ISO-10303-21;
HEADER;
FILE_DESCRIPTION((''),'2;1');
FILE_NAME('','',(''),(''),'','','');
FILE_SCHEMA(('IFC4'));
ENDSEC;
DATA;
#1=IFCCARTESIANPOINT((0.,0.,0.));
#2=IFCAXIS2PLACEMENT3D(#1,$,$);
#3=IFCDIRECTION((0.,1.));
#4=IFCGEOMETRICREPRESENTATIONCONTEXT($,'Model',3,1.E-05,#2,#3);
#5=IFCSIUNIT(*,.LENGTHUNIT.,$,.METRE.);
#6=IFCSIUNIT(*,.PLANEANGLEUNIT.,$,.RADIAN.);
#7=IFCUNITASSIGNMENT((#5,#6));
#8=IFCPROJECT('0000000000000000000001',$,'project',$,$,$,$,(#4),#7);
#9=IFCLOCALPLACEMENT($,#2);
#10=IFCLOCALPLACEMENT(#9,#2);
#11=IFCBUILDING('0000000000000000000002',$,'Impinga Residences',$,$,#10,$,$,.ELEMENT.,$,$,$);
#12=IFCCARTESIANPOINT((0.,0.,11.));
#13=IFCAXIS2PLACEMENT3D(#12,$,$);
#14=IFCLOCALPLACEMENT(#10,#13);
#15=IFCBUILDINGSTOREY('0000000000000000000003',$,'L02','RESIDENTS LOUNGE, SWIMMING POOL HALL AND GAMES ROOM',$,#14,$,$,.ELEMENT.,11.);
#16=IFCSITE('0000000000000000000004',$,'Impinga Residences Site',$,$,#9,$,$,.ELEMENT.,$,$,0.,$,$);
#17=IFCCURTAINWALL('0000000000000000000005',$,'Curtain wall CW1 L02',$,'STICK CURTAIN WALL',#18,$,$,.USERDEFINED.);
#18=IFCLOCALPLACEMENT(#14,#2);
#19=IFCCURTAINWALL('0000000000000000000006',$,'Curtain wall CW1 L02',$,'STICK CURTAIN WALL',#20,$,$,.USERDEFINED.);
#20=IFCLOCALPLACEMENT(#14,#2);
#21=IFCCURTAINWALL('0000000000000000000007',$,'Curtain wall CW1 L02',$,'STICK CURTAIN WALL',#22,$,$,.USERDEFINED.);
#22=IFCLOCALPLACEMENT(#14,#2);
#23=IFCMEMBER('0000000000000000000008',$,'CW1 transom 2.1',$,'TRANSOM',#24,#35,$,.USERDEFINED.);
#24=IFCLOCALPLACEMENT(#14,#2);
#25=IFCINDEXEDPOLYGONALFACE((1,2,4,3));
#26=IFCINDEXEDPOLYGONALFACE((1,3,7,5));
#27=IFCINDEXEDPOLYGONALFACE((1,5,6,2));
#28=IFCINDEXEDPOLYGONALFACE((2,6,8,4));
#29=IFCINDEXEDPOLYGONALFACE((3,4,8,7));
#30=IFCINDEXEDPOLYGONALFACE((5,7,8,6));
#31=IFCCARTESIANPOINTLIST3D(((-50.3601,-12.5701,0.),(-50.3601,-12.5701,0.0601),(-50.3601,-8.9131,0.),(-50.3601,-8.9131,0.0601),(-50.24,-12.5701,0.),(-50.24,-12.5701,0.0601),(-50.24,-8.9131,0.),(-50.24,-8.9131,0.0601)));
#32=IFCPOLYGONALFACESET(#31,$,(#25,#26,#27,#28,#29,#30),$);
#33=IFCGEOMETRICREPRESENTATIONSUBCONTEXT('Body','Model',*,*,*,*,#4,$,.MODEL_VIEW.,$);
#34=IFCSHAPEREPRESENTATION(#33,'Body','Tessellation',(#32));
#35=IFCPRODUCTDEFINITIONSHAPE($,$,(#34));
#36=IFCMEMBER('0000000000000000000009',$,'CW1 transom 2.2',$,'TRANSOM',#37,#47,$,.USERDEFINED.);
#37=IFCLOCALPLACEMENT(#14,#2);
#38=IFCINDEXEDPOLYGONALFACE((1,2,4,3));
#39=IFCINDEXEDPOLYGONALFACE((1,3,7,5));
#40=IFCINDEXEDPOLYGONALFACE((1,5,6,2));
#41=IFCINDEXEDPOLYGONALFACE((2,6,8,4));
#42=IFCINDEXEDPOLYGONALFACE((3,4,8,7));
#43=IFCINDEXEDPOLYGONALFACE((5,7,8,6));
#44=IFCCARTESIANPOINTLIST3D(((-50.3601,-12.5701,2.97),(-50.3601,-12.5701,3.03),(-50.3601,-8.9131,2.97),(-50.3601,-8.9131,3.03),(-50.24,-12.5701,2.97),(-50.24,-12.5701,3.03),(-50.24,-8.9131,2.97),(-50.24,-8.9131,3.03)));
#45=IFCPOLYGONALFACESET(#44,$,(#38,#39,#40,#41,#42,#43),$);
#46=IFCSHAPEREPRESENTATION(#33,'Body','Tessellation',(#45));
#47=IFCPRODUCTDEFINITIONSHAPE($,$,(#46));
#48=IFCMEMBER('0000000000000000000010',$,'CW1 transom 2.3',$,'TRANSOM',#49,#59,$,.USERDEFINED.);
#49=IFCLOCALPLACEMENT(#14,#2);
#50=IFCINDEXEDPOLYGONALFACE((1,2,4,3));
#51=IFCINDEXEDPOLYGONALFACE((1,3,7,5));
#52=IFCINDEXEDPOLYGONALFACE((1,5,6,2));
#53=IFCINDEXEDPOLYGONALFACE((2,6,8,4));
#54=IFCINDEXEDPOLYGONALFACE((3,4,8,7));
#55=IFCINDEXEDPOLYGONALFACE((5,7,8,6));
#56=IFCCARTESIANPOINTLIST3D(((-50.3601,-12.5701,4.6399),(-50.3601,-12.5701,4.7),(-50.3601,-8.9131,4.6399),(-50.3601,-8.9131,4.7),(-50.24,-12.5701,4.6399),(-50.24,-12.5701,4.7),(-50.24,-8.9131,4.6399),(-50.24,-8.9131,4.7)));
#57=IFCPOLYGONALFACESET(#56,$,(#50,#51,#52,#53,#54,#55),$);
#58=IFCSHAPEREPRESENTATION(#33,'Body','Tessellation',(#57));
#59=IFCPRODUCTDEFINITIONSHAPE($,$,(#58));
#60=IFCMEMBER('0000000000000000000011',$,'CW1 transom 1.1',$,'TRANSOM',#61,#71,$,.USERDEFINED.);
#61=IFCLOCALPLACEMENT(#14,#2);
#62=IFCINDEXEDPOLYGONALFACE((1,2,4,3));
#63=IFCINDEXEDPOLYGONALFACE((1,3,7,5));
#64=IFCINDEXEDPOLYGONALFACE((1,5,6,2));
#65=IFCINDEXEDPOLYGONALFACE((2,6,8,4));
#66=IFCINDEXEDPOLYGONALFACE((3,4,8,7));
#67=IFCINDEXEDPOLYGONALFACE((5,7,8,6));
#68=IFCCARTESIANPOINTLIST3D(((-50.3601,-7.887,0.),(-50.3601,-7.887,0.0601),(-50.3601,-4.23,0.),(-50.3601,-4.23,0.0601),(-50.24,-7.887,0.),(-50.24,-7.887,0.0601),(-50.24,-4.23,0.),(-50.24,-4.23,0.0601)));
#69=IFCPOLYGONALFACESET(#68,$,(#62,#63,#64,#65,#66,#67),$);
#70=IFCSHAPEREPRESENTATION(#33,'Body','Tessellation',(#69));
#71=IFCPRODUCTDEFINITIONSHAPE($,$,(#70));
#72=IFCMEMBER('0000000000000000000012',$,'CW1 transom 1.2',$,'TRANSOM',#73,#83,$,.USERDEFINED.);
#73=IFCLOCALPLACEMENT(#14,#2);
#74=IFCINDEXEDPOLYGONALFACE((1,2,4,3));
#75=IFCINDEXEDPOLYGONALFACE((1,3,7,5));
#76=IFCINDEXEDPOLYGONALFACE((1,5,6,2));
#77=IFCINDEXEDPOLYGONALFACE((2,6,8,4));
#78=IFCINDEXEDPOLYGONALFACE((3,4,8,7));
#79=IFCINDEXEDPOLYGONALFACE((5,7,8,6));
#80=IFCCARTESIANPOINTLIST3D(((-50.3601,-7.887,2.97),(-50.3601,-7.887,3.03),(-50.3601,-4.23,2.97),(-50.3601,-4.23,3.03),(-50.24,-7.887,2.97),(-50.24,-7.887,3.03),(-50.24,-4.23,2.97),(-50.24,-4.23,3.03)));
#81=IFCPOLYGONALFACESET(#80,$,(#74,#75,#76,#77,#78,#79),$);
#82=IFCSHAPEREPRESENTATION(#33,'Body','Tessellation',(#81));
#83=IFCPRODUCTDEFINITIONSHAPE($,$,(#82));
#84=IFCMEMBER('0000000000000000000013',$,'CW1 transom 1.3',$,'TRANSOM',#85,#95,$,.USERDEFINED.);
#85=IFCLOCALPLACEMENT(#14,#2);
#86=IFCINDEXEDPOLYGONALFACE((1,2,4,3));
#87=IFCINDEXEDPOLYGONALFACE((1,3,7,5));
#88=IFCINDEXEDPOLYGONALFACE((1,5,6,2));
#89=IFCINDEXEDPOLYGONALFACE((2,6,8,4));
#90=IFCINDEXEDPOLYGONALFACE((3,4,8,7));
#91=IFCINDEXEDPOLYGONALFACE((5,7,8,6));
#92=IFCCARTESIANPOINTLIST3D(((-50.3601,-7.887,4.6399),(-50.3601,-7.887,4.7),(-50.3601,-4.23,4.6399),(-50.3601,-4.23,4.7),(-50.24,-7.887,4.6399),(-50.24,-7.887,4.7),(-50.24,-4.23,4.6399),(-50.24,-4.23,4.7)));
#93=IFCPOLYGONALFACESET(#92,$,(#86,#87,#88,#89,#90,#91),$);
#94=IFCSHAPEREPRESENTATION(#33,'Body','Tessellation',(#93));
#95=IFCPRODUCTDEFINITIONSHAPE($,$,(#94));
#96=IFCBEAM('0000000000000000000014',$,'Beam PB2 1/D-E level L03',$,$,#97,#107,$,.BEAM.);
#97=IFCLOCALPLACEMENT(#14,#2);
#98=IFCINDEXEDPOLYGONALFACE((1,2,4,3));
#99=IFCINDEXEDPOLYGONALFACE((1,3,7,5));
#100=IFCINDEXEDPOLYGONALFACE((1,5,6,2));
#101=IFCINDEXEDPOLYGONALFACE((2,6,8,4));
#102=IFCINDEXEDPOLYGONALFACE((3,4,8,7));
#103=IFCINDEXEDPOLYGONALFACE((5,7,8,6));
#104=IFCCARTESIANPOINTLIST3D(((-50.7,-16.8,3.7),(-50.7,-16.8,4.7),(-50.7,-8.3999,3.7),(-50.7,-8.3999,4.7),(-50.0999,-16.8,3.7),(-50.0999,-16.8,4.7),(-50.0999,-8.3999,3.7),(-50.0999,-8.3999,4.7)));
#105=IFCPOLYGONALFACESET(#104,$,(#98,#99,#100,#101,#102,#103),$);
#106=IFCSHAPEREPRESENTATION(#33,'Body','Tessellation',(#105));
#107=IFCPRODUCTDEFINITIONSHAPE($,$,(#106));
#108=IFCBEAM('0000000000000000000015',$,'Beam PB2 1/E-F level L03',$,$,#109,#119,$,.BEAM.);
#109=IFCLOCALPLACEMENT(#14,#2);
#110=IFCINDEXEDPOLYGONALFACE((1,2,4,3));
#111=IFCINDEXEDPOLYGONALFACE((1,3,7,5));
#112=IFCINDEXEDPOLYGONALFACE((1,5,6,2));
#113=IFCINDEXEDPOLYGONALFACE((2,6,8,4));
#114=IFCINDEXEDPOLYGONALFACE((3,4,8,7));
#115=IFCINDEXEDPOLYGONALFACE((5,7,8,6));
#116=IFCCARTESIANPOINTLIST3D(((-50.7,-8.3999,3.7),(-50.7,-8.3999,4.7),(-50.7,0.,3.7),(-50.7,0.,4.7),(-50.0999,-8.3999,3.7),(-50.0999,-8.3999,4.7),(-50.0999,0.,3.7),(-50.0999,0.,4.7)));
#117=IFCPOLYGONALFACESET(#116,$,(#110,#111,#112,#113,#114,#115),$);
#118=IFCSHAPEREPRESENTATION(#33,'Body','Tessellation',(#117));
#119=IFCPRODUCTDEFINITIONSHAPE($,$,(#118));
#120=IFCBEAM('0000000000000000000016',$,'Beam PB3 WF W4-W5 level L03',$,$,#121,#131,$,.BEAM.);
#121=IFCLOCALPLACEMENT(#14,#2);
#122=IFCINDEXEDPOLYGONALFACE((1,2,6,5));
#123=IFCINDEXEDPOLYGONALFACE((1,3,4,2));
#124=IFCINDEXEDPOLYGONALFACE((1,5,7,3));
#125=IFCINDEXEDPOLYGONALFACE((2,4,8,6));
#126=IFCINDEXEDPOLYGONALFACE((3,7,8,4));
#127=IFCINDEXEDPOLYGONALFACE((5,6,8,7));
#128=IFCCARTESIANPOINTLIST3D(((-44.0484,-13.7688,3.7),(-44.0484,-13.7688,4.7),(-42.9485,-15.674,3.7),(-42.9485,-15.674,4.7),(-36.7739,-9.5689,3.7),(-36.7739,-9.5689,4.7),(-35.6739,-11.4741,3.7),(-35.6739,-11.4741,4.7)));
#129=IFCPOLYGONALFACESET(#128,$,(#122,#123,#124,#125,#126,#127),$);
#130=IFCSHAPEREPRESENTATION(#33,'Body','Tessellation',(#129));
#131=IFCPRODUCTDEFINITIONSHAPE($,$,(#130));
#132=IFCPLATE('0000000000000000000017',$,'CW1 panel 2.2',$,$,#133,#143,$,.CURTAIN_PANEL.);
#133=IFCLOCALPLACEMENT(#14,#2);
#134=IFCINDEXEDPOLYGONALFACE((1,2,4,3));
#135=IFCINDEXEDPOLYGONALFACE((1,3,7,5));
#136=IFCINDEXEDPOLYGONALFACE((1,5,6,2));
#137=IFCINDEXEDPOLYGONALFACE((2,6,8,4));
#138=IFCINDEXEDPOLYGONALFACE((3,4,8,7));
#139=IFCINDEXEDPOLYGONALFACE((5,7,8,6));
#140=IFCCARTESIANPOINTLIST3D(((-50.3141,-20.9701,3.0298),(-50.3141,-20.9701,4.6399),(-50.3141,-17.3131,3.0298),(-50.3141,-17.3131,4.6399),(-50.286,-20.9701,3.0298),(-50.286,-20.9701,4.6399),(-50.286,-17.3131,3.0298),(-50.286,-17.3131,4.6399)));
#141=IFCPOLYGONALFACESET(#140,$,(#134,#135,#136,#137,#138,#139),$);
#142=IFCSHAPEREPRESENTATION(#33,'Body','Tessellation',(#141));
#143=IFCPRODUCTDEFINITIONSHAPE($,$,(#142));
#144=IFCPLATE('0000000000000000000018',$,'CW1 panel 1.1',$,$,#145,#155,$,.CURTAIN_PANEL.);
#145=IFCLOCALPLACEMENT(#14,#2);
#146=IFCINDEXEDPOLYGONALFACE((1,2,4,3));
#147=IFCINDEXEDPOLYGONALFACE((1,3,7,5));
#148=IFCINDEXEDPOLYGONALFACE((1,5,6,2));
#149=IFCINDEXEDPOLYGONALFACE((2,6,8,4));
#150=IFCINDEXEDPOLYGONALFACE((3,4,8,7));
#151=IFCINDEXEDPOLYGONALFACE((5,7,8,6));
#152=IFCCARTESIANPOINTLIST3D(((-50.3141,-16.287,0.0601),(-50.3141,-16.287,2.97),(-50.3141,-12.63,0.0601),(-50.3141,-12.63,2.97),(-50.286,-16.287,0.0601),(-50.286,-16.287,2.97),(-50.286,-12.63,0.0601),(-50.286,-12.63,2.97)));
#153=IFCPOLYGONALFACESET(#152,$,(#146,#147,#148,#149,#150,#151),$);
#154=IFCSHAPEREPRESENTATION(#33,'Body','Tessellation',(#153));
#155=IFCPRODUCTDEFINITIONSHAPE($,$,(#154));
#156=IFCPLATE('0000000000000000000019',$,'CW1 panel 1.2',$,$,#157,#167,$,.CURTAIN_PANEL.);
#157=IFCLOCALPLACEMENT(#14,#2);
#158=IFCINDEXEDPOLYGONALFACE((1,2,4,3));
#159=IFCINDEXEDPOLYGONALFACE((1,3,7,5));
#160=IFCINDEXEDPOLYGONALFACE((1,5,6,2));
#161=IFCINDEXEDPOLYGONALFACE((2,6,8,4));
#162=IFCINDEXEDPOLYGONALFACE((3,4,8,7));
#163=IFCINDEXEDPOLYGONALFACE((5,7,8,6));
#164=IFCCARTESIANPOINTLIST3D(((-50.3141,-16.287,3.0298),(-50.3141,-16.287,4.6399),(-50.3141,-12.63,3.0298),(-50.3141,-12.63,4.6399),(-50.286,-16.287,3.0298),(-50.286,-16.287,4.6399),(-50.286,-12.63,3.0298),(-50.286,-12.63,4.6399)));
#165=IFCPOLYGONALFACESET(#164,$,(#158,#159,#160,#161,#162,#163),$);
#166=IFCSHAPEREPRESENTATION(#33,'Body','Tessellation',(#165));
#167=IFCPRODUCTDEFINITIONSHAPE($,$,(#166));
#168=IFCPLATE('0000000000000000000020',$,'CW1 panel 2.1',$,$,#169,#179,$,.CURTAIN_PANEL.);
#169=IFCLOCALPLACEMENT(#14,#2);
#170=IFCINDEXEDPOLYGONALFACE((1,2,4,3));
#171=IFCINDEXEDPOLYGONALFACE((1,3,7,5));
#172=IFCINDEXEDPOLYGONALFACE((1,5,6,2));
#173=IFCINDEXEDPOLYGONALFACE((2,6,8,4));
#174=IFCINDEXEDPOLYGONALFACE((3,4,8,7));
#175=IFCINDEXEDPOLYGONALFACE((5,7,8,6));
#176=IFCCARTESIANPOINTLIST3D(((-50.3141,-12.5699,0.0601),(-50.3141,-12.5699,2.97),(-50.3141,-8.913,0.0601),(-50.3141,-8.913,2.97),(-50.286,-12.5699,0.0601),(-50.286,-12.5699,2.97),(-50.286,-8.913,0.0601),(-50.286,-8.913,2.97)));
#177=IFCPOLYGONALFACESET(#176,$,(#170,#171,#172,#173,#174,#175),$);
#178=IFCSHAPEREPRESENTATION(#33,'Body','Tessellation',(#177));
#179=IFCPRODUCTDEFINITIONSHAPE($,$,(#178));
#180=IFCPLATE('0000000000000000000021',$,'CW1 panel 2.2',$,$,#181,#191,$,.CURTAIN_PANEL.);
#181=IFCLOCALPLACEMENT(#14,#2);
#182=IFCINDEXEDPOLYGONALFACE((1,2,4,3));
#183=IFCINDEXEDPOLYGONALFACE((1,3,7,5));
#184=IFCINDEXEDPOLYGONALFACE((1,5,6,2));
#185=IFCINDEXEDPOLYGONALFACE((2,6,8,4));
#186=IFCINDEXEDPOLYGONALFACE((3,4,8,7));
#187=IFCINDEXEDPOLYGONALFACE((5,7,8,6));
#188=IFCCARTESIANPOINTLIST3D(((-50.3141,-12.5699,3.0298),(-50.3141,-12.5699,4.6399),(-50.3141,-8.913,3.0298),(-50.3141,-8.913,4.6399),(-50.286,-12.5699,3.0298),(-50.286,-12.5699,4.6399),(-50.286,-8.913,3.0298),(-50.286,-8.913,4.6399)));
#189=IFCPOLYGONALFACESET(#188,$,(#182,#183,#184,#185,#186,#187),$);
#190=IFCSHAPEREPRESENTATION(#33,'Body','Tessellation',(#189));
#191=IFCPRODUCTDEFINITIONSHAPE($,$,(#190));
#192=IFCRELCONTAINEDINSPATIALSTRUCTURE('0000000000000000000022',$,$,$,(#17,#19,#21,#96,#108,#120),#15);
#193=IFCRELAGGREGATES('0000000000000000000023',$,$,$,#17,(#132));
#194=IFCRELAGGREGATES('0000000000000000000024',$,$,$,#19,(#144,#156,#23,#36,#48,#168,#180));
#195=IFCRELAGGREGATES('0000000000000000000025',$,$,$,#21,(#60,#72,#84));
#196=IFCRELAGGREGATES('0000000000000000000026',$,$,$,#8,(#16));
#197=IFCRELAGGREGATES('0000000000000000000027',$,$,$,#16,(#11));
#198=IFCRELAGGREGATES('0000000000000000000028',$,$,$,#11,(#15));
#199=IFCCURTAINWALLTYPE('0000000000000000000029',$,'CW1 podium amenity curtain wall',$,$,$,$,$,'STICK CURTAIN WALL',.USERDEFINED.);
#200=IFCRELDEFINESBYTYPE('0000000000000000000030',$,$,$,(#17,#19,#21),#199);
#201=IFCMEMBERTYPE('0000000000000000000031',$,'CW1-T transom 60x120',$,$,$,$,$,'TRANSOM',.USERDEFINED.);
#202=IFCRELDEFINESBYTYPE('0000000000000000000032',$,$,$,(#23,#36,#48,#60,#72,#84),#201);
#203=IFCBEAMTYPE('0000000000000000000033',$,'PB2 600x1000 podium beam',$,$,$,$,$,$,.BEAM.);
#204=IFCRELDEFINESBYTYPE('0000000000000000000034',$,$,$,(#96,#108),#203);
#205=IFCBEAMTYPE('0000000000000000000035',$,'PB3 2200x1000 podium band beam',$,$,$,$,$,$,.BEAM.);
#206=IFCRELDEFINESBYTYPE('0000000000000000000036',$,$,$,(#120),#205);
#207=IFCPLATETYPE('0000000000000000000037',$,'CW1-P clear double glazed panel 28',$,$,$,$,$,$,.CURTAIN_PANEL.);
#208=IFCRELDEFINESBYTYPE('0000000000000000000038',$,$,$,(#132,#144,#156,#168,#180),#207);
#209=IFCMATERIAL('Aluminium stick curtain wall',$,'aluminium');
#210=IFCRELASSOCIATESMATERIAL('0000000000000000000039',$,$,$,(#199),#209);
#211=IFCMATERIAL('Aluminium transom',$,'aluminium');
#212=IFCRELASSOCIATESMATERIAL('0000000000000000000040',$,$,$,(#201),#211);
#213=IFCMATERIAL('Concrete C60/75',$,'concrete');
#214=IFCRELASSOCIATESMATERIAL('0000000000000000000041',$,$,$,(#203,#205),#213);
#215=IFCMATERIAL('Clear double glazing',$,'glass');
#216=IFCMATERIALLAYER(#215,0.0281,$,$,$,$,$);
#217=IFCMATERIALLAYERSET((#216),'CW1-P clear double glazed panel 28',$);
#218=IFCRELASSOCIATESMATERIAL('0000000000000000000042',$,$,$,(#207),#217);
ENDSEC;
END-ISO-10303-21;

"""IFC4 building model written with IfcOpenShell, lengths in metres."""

from ifc_helpers import new_model, si_unit, direction, frame, origin, origin_2d, place, context, subcontext, project, spatial, rectangle, extrude, material, layer, layer_set, material_profile, profile_set, type_object, element, aggregate, save


model = new_model("IFC4")

# Units and contexts
model_context = context("Model", 3, precision=1e-05, world=origin(), true_north=direction((0.0, 1.0)))
body_context = subcontext(model_context, "Body", "Model", "MODEL_VIEW")
ifc_project = project(units=[si_unit("LENGTHUNIT", "METRE"), si_unit("PLANEANGLEUNIT", "RADIAN")], contexts=[model_context])

# Site, building, storey
site_placement = place(None, origin())
site = spatial("IfcSite", under=ifc_project, at=site_placement, Name="Impinga Residences Site", CompositionType="ELEMENT", RefElevation=0.0)
building_placement = place(site_placement, origin())
building = spatial("IfcBuilding", under=site, at=building_placement, Name="Impinga Residences", CompositionType="ELEMENT")
storey_placement = place(building_placement, frame((0.0, 0.0, 11.0)))
storey = spatial("IfcBuildingStorey", under=building, at=storey_placement, Name="L02", Description="RESIDENTS LOUNGE, SWIMMING POOL HALL AND GAMES ROOM", CompositionType="ELEMENT", Elevation=11.0)

# Shared definitions
ifc_material_1 = material(Name="Concrete C60/75", Category="concrete")

# Curtain wall
ifc_material_2 = material(Name="Aluminium stick curtain wall", Category="aluminium")
curtain_wall_type = type_object("IfcCurtainWallType", Name="CW1 podium amenity curtain wall", ElementType="STICK CURTAIN WALL", PredefinedType="USERDEFINED", material=ifc_material_2)
curtain_wall_1_placement = place(storey_placement, origin())
curtain_wall_1 = element("IfcCurtainWall", 1, at=curtain_wall_1_placement, inside=storey, type_object=curtain_wall_type, Name="Curtain wall CW1 L02", ObjectType="STICK CURTAIN WALL", PredefinedType="USERDEFINED")

# Curtain wall
curtain_wall_2_placement = place(storey_placement, origin())
curtain_wall_2 = element("IfcCurtainWall", 2, at=curtain_wall_2_placement, inside=storey, type_object=curtain_wall_type, Name="Curtain wall CW1 L02", ObjectType="STICK CURTAIN WALL", PredefinedType="USERDEFINED")

# Curtain wall
curtain_wall_3_placement = place(storey_placement, origin())
curtain_wall_3 = element("IfcCurtainWall", 3, at=curtain_wall_3_placement, inside=storey, type_object=curtain_wall_type, Name="Curtain wall CW1 L02", ObjectType="STICK CURTAIN WALL", PredefinedType="USERDEFINED")

# Members
ifc_material_3 = material(Name="Aluminium transom", Category="aluminium")
ifc_material_profile_1 = material_profile(ifc_material_3, rectangle(XDim=0.0601, YDim=0.1201, at=origin_2d()), Name="60x120 transom")
ifc_profile_set_1 = profile_set([ifc_material_profile_1], Name="Aluminium transom")
member_type_1 = type_object("IfcMemberType", Name="CW1-T transom 60x120", ElementType="TRANSOM", PredefinedType="USERDEFINED", material=ifc_profile_set_1)
member_1_placement = place(storey_placement, frame((-50.3, -12.5701, 0.03), z_axis=(0.0, 1.0, 0.0), x_axis=(0.0, 0.0, 1.0)))
member_1 = element("IfcMember", 4, at=member_1_placement, type_object=member_type_1, Name="CW1 transom 2.1", ObjectType="TRANSOM", PredefinedType="USERDEFINED", context=body_context, shape_type="SweptSolid", body=[
    extrude(rectangle(XDim=0.0601, YDim=0.1201, at=origin_2d()), origin(), (0.0, 0.0, 1.0), 3.657),
])
member_2_placement = place(storey_placement, frame((-50.3, -12.5701, 3.0), z_axis=(0.0, 1.0, 0.0), x_axis=(0.0, 0.0, 1.0)))
member_2 = element("IfcMember", 5, at=member_2_placement, type_object=member_type_1, Name="CW1 transom 2.2", ObjectType="TRANSOM", PredefinedType="USERDEFINED", context=body_context, shape_type="SweptSolid", body=[
    extrude(rectangle(XDim=0.0601, YDim=0.1201, at=origin_2d()), origin(), (0.0, 0.0, 1.0), 3.657),
])
member_3_placement = place(storey_placement, frame((-50.3, -12.5701, 4.6699), z_axis=(0.0, 1.0, 0.0), x_axis=(0.0, 0.0, 1.0)))
member_3 = element("IfcMember", 6, at=member_3_placement, type_object=member_type_1, Name="CW1 transom 2.3", ObjectType="TRANSOM", PredefinedType="USERDEFINED", context=body_context, shape_type="SweptSolid", body=[
    extrude(rectangle(XDim=0.0601, YDim=0.1201, at=origin_2d()), origin(), (0.0, 0.0, 1.0), 3.657),
])
member_4_placement = place(storey_placement, frame((-50.3, -7.887, 0.03), z_axis=(0.0, 1.0, 0.0), x_axis=(0.0, 0.0, 1.0)))
member_4 = element("IfcMember", 7, at=member_4_placement, type_object=member_type_1, Name="CW1 transom 1.1", ObjectType="TRANSOM", PredefinedType="USERDEFINED", context=body_context, shape_type="SweptSolid", body=[
    extrude(rectangle(XDim=0.0601, YDim=0.1201, at=origin_2d()), origin(), (0.0, 0.0, 1.0), 3.657),
])
member_5_placement = place(storey_placement, frame((-50.3, -7.887, 3.0), z_axis=(0.0, 1.0, 0.0), x_axis=(0.0, 0.0, 1.0)))
member_5 = element("IfcMember", 8, at=member_5_placement, type_object=member_type_1, Name="CW1 transom 1.2", ObjectType="TRANSOM", PredefinedType="USERDEFINED", context=body_context, shape_type="SweptSolid", body=[
    extrude(rectangle(XDim=0.0601, YDim=0.1201, at=origin_2d()), origin(), (0.0, 0.0, 1.0), 3.657),
])
member_6_placement = place(storey_placement, frame((-50.3, -7.887, 4.6699), z_axis=(0.0, 1.0, 0.0), x_axis=(0.0, 0.0, 1.0)))
member_6 = element("IfcMember", 9, at=member_6_placement, type_object=member_type_1, Name="CW1 transom 1.3", ObjectType="TRANSOM", PredefinedType="USERDEFINED", context=body_context, shape_type="SweptSolid", body=[
    extrude(rectangle(XDim=0.0601, YDim=0.1201, at=origin_2d()), origin(), (0.0, 0.0, 1.0), 3.657),
])

# Beams
ifc_material_profile_2 = material_profile(ifc_material_1, rectangle(XDim=0.6001, YDim=1.0, at=origin_2d()), Name="RC 600x1000")
ifc_profile_set_2 = profile_set([ifc_material_profile_2], Name="Concrete C60/75")
beam_type_1 = type_object("IfcBeamType", Name="PB2 600x1000 podium beam", PredefinedType="BEAM", material=ifc_profile_set_2)
beam_1_placement = place(storey_placement, frame((-50.3999, -16.8, 4.2), z_axis=(0.0, 1.0, 0.0), x_axis=(-1.0, 0.0, 0.0)))
element("IfcBeam", 10, at=beam_1_placement, inside=storey, type_object=beam_type_1, Name="Beam PB2 1/D-E level L03", PredefinedType="BEAM", context=body_context, shape_type="SweptSolid", body=[
    extrude(rectangle(XDim=0.6001, YDim=1.0, at=origin_2d()), origin(), (0.0, 0.0, 1.0), 8.4001),
])
beam_2_placement = place(storey_placement, frame((-50.3999, -8.3999, 4.2), z_axis=(0.0, 1.0, 0.0), x_axis=(-1.0, 0.0, 0.0)))
element("IfcBeam", 11, at=beam_2_placement, inside=storey, type_object=beam_type_1, Name="Beam PB2 1/E-F level L03", PredefinedType="BEAM", context=body_context, shape_type="SweptSolid", body=[
    extrude(rectangle(XDim=0.6001, YDim=1.0, at=origin_2d()), origin(), (0.0, 0.0, 1.0), 8.3999),
])
ifc_material_profile_3 = material_profile(ifc_material_1, rectangle(XDim=2.2, YDim=1.0, at=origin_2d()), Name="RC 2200x1000")
ifc_profile_set_3 = profile_set([ifc_material_profile_3], Name="Concrete C60/75")
beam_type_2 = type_object("IfcBeamType", Name="PB3 2200x1000 podium band beam", PredefinedType="BEAM", material=ifc_profile_set_3)
beam_3_placement = place(storey_placement, frame((-36.2239, -10.5215, 4.2), z_axis=(-0.866029, -0.499993, 0.0), x_axis=(0.499993, -0.866029, 0.0)))
element("IfcBeam", 12, at=beam_3_placement, inside=storey, type_object=beam_type_2, Name="Beam PB3 WF W4-W5 level L03", PredefinedType="BEAM", context=body_context, shape_type="SweptSolid", body=[
    extrude(rectangle(XDim=2.2, YDim=1.0, at=origin_2d()), origin(), (0.0, 0.0, 1.0), 8.3999),
])

# Plates
ifc_material_4 = material(Name="Clear double glazing", Category="glass")
ifc_layer_1 = layer(ifc_material_4, 0.0281)
ifc_layer_set_1 = layer_set([ifc_layer_1], Name="CW1-P clear double glazed panel 28")
plate_type = type_object("IfcPlateType", Name="CW1-P clear double glazed panel 28", PredefinedType="CURTAIN_PANEL", material=ifc_layer_set_1)
plate_1_placement = place(storey_placement, frame((-50.3, -19.1416, 3.0298), z_axis=(0.0, 0.0, 1.0), x_axis=(0.0, 1.0, 0.0)))
plate_1 = element("IfcPlate", 13, at=plate_1_placement, type_object=plate_type, Name="CW1 panel 2.2", PredefinedType="CURTAIN_PANEL", context=body_context, shape_type="SweptSolid", body=[
    extrude(rectangle(XDim=3.657, YDim=0.0281, at=origin_2d()), origin(), (0.0, 0.0, 1.0), 1.6101),
])
aggregate(curtain_wall_1, [plate_1])
plate_2_placement = place(storey_placement, frame((-50.3, -14.4585, 0.0601), z_axis=(0.0, 0.0, 1.0), x_axis=(0.0, 1.0, 0.0)))
plate_2 = element("IfcPlate", 14, at=plate_2_placement, type_object=plate_type, Name="CW1 panel 1.1", PredefinedType="CURTAIN_PANEL", context=body_context, shape_type="SweptSolid", body=[
    extrude(rectangle(XDim=3.657, YDim=0.0281, at=origin_2d()), origin(), (0.0, 0.0, 1.0), 2.9099),
])
plate_3_placement = place(storey_placement, frame((-50.3, -14.4585, 3.0298), z_axis=(0.0, 0.0, 1.0), x_axis=(0.0, 1.0, 0.0)))
plate_3 = element("IfcPlate", 15, at=plate_3_placement, type_object=plate_type, Name="CW1 panel 1.2", PredefinedType="CURTAIN_PANEL", context=body_context, shape_type="SweptSolid", body=[
    extrude(rectangle(XDim=3.657, YDim=0.0281, at=origin_2d()), origin(), (0.0, 0.0, 1.0), 1.6101),
])
plate_4_placement = place(storey_placement, frame((-50.3, -10.7415, 0.0601), z_axis=(0.0, 0.0, 1.0), x_axis=(0.0, 1.0, 0.0)))
plate_4 = element("IfcPlate", 16, at=plate_4_placement, type_object=plate_type, Name="CW1 panel 2.1", PredefinedType="CURTAIN_PANEL", context=body_context, shape_type="SweptSolid", body=[
    extrude(rectangle(XDim=3.657, YDim=0.0281, at=origin_2d()), origin(), (0.0, 0.0, 1.0), 2.9099),
])
plate_5_placement = place(storey_placement, frame((-50.3, -10.7415, 3.0298), z_axis=(0.0, 0.0, 1.0), x_axis=(0.0, 1.0, 0.0)))
plate_5 = element("IfcPlate", 17, at=plate_5_placement, type_object=plate_type, Name="CW1 panel 2.2", PredefinedType="CURTAIN_PANEL", context=body_context, shape_type="SweptSolid", body=[
    extrude(rectangle(XDim=3.657, YDim=0.0281, at=origin_2d()), origin(), (0.0, 0.0, 1.0), 1.6101),
])
aggregate(curtain_wall_2, [plate_2, plate_3, member_1, member_2, member_3, plate_4, plate_5])
aggregate(curtain_wall_3, [member_4, member_5, member_6])

save(model, "model.ifc")
